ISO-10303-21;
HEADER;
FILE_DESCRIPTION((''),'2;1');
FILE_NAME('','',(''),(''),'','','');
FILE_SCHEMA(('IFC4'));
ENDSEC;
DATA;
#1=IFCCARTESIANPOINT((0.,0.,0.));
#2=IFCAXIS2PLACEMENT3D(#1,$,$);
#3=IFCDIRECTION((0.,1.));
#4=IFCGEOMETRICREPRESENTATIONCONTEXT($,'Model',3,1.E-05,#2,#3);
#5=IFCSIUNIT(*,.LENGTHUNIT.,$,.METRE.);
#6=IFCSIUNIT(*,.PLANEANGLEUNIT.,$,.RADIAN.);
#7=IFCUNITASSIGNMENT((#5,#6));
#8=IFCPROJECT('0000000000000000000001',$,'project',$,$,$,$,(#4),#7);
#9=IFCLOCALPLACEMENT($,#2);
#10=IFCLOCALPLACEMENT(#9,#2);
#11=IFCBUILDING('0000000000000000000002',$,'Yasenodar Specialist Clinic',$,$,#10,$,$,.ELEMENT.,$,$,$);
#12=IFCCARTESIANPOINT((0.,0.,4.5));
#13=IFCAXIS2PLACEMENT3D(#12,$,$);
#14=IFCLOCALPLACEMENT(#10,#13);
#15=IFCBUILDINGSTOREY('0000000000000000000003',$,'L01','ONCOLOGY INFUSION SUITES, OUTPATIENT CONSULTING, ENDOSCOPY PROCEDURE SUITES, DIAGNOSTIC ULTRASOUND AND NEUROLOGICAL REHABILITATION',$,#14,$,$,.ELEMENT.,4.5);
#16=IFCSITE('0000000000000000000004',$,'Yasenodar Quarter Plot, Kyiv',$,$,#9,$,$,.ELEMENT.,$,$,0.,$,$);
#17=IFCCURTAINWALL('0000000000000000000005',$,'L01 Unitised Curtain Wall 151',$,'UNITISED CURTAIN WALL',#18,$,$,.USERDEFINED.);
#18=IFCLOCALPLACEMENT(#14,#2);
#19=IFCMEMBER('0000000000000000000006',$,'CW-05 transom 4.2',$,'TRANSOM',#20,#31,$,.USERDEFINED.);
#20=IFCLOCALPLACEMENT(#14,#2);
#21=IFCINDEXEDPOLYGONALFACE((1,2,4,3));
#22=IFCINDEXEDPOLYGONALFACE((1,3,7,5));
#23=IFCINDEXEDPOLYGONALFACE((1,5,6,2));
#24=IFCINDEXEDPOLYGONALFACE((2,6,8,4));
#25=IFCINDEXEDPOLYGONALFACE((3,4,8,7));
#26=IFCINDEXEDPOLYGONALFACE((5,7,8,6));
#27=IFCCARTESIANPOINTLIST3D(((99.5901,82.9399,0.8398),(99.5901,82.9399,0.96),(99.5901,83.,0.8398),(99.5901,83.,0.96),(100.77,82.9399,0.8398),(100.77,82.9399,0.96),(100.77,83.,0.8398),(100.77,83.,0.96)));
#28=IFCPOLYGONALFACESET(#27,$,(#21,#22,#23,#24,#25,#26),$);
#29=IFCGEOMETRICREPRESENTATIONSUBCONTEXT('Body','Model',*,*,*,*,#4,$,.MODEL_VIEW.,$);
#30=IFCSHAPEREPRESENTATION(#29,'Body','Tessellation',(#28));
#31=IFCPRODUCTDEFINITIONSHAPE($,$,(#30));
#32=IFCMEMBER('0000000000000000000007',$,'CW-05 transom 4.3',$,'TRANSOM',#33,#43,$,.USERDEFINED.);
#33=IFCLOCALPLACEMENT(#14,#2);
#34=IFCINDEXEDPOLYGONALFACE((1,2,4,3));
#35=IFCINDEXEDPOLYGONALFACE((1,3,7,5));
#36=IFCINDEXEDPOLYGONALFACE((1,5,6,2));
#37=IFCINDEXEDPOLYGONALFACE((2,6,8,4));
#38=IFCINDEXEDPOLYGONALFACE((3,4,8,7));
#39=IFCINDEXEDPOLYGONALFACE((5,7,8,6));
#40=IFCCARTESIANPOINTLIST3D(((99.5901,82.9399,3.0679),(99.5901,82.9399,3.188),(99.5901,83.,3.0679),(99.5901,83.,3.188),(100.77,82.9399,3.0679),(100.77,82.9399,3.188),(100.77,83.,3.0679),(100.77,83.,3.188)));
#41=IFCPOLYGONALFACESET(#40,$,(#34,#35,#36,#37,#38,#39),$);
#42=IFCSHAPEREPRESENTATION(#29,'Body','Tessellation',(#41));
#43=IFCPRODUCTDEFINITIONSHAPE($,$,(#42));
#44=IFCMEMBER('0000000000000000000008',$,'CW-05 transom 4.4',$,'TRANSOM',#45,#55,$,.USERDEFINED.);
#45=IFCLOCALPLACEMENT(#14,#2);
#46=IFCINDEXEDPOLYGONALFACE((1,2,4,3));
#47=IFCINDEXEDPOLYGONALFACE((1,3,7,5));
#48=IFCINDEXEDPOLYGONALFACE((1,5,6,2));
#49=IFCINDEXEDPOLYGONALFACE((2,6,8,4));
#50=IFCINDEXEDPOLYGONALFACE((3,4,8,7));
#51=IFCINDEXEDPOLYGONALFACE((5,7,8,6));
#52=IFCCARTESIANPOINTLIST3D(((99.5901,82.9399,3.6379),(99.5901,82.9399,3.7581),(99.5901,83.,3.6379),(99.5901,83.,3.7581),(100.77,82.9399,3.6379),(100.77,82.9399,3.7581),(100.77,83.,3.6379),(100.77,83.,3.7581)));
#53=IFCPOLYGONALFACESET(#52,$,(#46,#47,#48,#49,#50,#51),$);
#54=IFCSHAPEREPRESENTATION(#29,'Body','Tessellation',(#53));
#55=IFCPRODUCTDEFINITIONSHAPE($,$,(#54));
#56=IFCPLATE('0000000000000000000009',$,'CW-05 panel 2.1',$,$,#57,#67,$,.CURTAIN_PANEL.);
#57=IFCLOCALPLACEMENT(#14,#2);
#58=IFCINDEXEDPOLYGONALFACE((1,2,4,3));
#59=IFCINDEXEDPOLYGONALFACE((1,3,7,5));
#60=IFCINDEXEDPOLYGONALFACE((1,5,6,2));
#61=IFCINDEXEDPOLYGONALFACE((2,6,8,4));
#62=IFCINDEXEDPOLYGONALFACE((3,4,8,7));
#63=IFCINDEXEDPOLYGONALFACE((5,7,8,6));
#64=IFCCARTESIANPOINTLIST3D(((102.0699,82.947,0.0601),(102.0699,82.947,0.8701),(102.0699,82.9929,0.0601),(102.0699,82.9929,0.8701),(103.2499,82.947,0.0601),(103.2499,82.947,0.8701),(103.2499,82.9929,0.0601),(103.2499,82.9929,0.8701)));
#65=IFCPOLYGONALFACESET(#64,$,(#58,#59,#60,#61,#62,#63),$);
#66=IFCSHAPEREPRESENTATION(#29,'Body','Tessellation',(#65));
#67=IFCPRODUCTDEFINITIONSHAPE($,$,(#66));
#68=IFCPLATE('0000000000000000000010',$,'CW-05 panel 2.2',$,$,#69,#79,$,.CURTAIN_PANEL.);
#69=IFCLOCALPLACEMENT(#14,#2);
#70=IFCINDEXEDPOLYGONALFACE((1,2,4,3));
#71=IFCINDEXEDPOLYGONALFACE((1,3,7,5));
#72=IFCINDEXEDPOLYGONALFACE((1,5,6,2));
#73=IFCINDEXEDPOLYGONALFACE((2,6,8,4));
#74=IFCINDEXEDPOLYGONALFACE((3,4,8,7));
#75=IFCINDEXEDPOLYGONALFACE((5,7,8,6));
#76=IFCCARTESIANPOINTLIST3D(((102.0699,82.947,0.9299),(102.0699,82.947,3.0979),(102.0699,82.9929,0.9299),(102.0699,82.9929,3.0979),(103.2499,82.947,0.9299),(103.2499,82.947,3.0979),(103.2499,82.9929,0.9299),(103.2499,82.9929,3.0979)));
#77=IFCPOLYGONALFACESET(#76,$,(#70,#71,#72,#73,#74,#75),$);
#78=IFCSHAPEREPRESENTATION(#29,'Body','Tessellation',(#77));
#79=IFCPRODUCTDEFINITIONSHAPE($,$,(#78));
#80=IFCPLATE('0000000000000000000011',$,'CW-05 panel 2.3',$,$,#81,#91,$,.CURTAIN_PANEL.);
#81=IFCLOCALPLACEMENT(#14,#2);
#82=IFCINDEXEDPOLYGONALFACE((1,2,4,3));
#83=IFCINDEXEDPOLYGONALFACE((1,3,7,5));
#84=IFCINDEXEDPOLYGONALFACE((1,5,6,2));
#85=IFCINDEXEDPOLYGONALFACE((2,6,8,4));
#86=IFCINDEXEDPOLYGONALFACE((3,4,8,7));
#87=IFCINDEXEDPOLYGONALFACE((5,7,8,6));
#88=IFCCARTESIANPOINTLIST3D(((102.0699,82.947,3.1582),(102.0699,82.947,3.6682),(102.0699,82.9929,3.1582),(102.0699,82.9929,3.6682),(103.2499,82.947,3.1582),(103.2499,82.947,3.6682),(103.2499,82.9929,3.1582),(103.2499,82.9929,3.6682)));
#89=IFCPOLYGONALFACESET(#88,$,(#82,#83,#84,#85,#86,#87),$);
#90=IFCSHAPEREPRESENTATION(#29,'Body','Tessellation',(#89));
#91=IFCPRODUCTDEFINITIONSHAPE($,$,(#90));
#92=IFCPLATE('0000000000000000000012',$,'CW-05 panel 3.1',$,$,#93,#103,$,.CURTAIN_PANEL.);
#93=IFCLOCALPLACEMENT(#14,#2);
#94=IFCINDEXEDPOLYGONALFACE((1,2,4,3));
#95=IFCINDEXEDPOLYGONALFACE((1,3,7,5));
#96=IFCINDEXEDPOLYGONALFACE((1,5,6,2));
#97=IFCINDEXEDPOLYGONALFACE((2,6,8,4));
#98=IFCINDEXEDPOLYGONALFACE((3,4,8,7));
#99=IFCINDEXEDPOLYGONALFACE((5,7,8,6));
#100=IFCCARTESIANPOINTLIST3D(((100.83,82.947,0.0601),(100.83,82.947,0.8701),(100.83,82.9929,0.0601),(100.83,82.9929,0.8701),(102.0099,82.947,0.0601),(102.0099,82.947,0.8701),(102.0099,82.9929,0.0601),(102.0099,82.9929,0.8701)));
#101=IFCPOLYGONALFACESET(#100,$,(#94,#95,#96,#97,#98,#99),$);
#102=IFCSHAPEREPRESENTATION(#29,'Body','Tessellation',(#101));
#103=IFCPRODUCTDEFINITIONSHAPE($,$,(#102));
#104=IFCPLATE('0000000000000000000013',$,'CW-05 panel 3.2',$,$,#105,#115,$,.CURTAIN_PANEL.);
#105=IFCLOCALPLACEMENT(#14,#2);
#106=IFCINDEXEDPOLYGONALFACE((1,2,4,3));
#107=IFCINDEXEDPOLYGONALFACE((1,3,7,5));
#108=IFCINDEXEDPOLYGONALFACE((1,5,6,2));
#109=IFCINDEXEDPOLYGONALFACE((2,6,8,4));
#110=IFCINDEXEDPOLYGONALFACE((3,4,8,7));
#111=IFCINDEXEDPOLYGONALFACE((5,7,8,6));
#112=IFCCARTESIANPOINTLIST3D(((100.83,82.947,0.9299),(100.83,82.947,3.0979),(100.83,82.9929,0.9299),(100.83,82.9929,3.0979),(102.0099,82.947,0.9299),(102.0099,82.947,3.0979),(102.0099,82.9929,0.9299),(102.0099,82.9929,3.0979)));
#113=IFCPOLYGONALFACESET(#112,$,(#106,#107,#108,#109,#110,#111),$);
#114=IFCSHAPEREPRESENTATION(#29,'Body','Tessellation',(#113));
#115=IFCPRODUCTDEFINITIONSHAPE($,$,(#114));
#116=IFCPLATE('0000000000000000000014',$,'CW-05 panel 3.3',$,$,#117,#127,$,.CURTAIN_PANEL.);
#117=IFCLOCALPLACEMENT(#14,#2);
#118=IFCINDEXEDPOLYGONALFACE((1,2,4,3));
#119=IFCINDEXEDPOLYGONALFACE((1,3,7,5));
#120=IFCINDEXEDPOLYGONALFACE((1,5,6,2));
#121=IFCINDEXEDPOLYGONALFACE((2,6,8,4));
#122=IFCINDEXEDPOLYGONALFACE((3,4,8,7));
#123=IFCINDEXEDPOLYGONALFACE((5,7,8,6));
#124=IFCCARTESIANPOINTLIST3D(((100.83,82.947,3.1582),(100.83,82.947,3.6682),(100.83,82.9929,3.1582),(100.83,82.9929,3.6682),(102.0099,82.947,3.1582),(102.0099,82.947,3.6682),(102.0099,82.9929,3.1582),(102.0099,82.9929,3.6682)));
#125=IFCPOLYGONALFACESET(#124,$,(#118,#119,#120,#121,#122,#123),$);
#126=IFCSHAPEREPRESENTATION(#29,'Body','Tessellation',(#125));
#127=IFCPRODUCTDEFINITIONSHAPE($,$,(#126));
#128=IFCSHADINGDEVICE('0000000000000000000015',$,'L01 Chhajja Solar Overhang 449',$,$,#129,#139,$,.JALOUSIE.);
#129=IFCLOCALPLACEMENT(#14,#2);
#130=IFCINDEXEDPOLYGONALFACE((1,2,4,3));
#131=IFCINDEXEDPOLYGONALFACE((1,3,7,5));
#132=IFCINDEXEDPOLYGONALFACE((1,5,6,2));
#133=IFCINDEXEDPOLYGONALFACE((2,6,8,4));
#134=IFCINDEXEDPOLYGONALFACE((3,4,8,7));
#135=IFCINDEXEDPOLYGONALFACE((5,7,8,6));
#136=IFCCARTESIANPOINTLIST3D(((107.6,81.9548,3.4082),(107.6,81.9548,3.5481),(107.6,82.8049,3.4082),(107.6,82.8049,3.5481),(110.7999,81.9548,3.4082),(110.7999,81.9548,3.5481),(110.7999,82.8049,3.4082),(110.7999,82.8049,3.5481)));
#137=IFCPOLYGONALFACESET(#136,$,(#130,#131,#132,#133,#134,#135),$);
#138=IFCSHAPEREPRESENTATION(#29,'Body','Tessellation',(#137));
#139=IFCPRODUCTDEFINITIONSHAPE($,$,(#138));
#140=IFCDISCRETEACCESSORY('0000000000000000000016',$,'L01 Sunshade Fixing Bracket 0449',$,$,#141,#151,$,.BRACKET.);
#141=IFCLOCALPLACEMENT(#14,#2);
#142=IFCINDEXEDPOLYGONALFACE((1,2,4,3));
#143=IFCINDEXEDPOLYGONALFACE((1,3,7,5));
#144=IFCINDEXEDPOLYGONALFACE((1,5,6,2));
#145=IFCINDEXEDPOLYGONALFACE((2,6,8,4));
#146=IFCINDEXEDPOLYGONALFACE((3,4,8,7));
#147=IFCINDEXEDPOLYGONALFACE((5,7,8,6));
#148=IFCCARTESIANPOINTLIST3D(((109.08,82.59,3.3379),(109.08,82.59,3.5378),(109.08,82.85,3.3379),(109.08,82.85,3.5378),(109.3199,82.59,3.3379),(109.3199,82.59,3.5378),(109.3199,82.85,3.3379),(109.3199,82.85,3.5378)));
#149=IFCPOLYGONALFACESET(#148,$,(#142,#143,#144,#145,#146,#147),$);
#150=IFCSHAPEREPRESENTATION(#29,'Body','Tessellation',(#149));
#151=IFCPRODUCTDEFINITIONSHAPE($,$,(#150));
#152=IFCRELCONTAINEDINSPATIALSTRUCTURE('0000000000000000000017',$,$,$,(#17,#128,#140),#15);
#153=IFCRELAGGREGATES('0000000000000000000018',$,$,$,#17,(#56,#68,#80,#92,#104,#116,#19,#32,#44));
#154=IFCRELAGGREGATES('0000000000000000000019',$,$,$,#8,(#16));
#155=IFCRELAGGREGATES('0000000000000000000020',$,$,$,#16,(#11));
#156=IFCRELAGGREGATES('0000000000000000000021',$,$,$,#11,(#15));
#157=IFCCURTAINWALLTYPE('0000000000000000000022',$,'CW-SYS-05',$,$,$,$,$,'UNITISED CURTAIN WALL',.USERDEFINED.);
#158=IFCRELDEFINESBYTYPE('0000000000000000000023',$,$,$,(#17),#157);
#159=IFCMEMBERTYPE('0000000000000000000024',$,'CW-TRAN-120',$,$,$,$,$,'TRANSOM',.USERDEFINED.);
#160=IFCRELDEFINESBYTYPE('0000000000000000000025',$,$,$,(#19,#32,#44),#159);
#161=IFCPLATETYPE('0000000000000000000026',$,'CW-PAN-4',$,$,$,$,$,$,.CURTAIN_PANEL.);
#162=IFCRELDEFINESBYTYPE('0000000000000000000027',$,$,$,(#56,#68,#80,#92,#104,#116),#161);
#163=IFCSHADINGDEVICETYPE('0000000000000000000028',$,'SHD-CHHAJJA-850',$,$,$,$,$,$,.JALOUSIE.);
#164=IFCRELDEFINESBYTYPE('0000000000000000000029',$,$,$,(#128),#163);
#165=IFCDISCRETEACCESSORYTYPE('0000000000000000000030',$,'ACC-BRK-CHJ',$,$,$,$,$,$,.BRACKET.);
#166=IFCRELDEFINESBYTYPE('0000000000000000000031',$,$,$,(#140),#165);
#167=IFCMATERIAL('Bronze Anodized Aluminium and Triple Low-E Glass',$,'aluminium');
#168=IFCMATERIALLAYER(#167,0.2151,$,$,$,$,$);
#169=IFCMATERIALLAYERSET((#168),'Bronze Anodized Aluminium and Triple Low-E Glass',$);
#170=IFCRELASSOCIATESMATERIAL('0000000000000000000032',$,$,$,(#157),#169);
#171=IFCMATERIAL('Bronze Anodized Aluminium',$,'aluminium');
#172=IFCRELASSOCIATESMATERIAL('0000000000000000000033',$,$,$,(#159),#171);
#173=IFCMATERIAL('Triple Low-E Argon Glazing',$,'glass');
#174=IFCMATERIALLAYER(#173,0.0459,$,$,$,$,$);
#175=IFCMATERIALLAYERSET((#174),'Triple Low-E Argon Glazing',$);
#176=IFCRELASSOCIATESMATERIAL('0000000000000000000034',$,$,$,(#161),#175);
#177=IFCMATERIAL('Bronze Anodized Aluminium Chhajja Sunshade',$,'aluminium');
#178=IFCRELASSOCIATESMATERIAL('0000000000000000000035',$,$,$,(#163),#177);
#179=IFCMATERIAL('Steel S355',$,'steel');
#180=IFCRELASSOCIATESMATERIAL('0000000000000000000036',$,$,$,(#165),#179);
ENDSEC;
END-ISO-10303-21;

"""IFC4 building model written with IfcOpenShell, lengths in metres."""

from ifc_helpers import new_model, si_unit, direction, frame, origin, origin_2d, place, context, subcontext, project, spatial, rectangle, extrude, material, layer, layer_set, material_profile, profile_set, type_object, element, aggregate, save


model = new_model("IFC4")

# Units and contexts
model_context = context("Model", 3, precision=1e-05, world=origin(), true_north=direction((0.0, 1.0)))
body_context = subcontext(model_context, "Body", "Model", "MODEL_VIEW")
ifc_project = project(units=[si_unit("LENGTHUNIT", "METRE"), si_unit("PLANEANGLEUNIT", "RADIAN")], contexts=[model_context])

# Site, building, storey
site_placement = place(None, origin())
site = spatial("IfcSite", under=ifc_project, at=site_placement, Name="Yasenodar Quarter Plot, Kyiv", CompositionType="ELEMENT", RefElevation=0.0)
building_placement = place(site_placement, origin())
building = spatial("IfcBuilding", under=site, at=building_placement, Name="Yasenodar Specialist Clinic", CompositionType="ELEMENT")
storey_placement = place(building_placement, frame((0.0, 0.0, 4.5)))
storey = spatial("IfcBuildingStorey", under=building, at=storey_placement, Name="L01", Description="ONCOLOGY INFUSION SUITES, OUTPATIENT CONSULTING, ENDOSCOPY PROCEDURE SUITES, DIAGNOSTIC ULTRASOUND AND NEUROLOGICAL REHABILITATION", CompositionType="ELEMENT", Elevation=4.5)

# Shared definitions
ifc_material_1 = material(Name="Steel S355", Category="steel")

# Curtain wall, members, plates
ifc_material_2 = material(Name="Bronze Anodized Aluminium and Triple Low-E Glass", Category="aluminium")
ifc_layer_1 = layer(ifc_material_2, 0.2151)
ifc_layer_set_1 = layer_set([ifc_layer_1], Name="Bronze Anodized Aluminium and Triple Low-E Glass")
curtain_wall_type = type_object("IfcCurtainWallType", Name="CW-SYS-05", ElementType="UNITISED CURTAIN WALL", PredefinedType="USERDEFINED", material=ifc_layer_set_1)
curtain_wall_placement = place(storey_placement, origin())
curtain_wall = element("IfcCurtainWall", 1, at=curtain_wall_placement, inside=storey, type_object=curtain_wall_type, Name="L01 Unitised Curtain Wall 151", ObjectType="UNITISED CURTAIN WALL", PredefinedType="USERDEFINED")
ifc_material_3 = material(Name="Bronze Anodized Aluminium", Category="aluminium")
ifc_material_profile_1 = material_profile(ifc_material_3, rectangle(XDim=0.0601, YDim=0.1201, at=origin_2d()), Name="CW-TRAN 60x120")
ifc_profile_set_1 = profile_set([ifc_material_profile_1], Name="Bronze Anodized Aluminium")
member_type_1 = type_object("IfcMemberType", Name="CW-TRAN-120", ElementType="TRANSOM", PredefinedType="USERDEFINED", material=ifc_profile_set_1)
member_1_placement = place(storey_placement, frame((100.77, 82.97, 0.8999), z_axis=(-1.0, 0.0, 0.0), x_axis=(0.0, -1.0, 0.0)))
member_1 = element("IfcMember", 2, at=member_1_placement, type_object=member_type_1, Name="CW-05 transom 4.2", ObjectType="TRANSOM", PredefinedType="USERDEFINED", context=body_context, shape_type="SweptSolid", body=[
    extrude(rectangle(XDim=0.0601, YDim=0.1201, at=origin_2d()), origin(), (0.0, 0.0, 1.0), 1.1799),
])
member_2_placement = place(storey_placement, frame((100.77, 82.97, 3.1279), z_axis=(-1.0, 0.0, 0.0), x_axis=(0.0, -1.0, 0.0)))
member_2 = element("IfcMember", 3, at=member_2_placement, type_object=member_type_1, Name="CW-05 transom 4.3", ObjectType="TRANSOM", PredefinedType="USERDEFINED", context=body_context, shape_type="SweptSolid", body=[
    extrude(rectangle(XDim=0.0601, YDim=0.1201, at=origin_2d()), origin(), (0.0, 0.0, 1.0), 1.1799),
])
member_3_placement = place(storey_placement, frame((100.77, 82.97, 3.698), z_axis=(-1.0, 0.0, 0.0), x_axis=(0.0, -1.0, 0.0)))
member_3 = element("IfcMember", 4, at=member_3_placement, type_object=member_type_1, Name="CW-05 transom 4.4", ObjectType="TRANSOM", PredefinedType="USERDEFINED", context=body_context, shape_type="SweptSolid", body=[
    extrude(rectangle(XDim=0.0601, YDim=0.1201, at=origin_2d()), origin(), (0.0, 0.0, 1.0), 1.1799),
])
ifc_material_4 = material(Name="Triple Low-E Argon Glazing", Category="glass")
ifc_layer_2 = layer(ifc_material_4, 0.0459)
ifc_layer_set_2 = layer_set([ifc_layer_2], Name="Triple Low-E Argon Glazing")
plate_type = type_object("IfcPlateType", Name="CW-PAN-4", PredefinedType="CURTAIN_PANEL", material=ifc_layer_set_2)
plate_1_placement = place(storey_placement, frame((102.6599, 82.97, 0.0601), z_axis=(0.0, 0.0, 1.0), x_axis=(-1.0, 0.0, 0.0)))
plate_1 = element("IfcPlate", 5, at=plate_1_placement, type_object=plate_type, Name="CW-05 panel 2.1", PredefinedType="CURTAIN_PANEL", context=body_context, shape_type="SweptSolid", body=[
    extrude(rectangle(XDim=1.1799, YDim=0.0459, at=origin_2d()), origin(), (0.0, 0.0, 1.0), 0.8101),
])
plate_2_placement = place(storey_placement, frame((102.6599, 82.97, 0.9299), z_axis=(0.0, 0.0, 1.0), x_axis=(-1.0, 0.0, 0.0)))
plate_2 = element("IfcPlate", 6, at=plate_2_placement, type_object=plate_type, Name="CW-05 panel 2.2", PredefinedType="CURTAIN_PANEL", context=body_context, shape_type="SweptSolid", body=[
    extrude(rectangle(XDim=1.1799, YDim=0.0459, at=origin_2d()), origin(), (0.0, 0.0, 1.0), 2.168),
])
plate_3_placement = place(storey_placement, frame((102.6599, 82.97, 3.1582), z_axis=(0.0, 0.0, 1.0), x_axis=(-1.0, 0.0, 0.0)))
plate_3 = element("IfcPlate", 7, at=plate_3_placement, type_object=plate_type, Name="CW-05 panel 2.3", PredefinedType="CURTAIN_PANEL", context=body_context, shape_type="SweptSolid", body=[
    extrude(rectangle(XDim=1.1799, YDim=0.0459, at=origin_2d()), origin(), (0.0, 0.0, 1.0), 0.51),
])
plate_4_placement = place(storey_placement, frame((101.4199, 82.97, 0.0601), z_axis=(0.0, 0.0, 1.0), x_axis=(-1.0, 0.0, 0.0)))
plate_4 = element("IfcPlate", 8, at=plate_4_placement, type_object=plate_type, Name="CW-05 panel 3.1", PredefinedType="CURTAIN_PANEL", context=body_context, shape_type="SweptSolid", body=[
    extrude(rectangle(XDim=1.1799, YDim=0.0459, at=origin_2d()), origin(), (0.0, 0.0, 1.0), 0.8101),
])
plate_5_placement = place(storey_placement, frame((101.4199, 82.97, 0.9299), z_axis=(0.0, 0.0, 1.0), x_axis=(-1.0, 0.0, 0.0)))
plate_5 = element("IfcPlate", 9, at=plate_5_placement, type_object=plate_type, Name="CW-05 panel 3.2", PredefinedType="CURTAIN_PANEL", context=body_context, shape_type="SweptSolid", body=[
    extrude(rectangle(XDim=1.1799, YDim=0.0459, at=origin_2d()), origin(), (0.0, 0.0, 1.0), 2.168),
])
plate_6_placement = place(storey_placement, frame((101.4199, 82.97, 3.1582), z_axis=(0.0, 0.0, 1.0), x_axis=(-1.0, 0.0, 0.0)))
plate_6 = element("IfcPlate", 10, at=plate_6_placement, type_object=plate_type, Name="CW-05 panel 3.3", PredefinedType="CURTAIN_PANEL", context=body_context, shape_type="SweptSolid", body=[
    extrude(rectangle(XDim=1.1799, YDim=0.0459, at=origin_2d()), origin(), (0.0, 0.0, 1.0), 0.51),
])
aggregate(curtain_wall, [plate_1, plate_2, plate_3, plate_4, plate_5, plate_6, member_1, member_2, member_3])

# Shading device
ifc_material_5 = material(Name="Bronze Anodized Aluminium Chhajja Sunshade", Category="aluminium")
shading_device_type = type_object("IfcShadingDeviceType", Name="SHD-CHHAJJA-850", PredefinedType="JALOUSIE", material=ifc_material_5)
shading_device_placement = place(storey_placement, frame((109.2, 82.3799, 3.4082), z_axis=(0.0, 0.0, 1.0), x_axis=(-1.0, 0.0, 0.0)))
element("IfcShadingDevice", 11, at=shading_device_placement, inside=storey, type_object=shading_device_type, Name="L01 Chhajja Solar Overhang 449", PredefinedType="JALOUSIE", context=body_context, shape_type="SweptSolid", body=[
    extrude(rectangle(XDim=3.2, YDim=0.8501, at=origin_2d()), origin(), (0.0, 0.0, 1.0), 0.1399),
])

# Discrete accessory
discrete_accessory_type = type_object("IfcDiscreteAccessoryType", Name="ACC-BRK-CHJ", PredefinedType="BRACKET", material=ifc_material_1)
discrete_accessory_placement = place(storey_placement, frame((109.2, 82.72, 3.3379), z_axis=(0.0, 0.0, 1.0), x_axis=(-1.0, 0.0, 0.0)))
element("IfcDiscreteAccessory", 12, at=discrete_accessory_placement, inside=storey, type_object=discrete_accessory_type, Name="L01 Sunshade Fixing Bracket 0449", PredefinedType="BRACKET", context=body_context, shape_type="SweptSolid", body=[
    extrude(rectangle(XDim=0.24, YDim=0.26, at=origin_2d()), origin(), (0.0, 0.0, 1.0), 0.2),
])

save(model, "model.ifc")
